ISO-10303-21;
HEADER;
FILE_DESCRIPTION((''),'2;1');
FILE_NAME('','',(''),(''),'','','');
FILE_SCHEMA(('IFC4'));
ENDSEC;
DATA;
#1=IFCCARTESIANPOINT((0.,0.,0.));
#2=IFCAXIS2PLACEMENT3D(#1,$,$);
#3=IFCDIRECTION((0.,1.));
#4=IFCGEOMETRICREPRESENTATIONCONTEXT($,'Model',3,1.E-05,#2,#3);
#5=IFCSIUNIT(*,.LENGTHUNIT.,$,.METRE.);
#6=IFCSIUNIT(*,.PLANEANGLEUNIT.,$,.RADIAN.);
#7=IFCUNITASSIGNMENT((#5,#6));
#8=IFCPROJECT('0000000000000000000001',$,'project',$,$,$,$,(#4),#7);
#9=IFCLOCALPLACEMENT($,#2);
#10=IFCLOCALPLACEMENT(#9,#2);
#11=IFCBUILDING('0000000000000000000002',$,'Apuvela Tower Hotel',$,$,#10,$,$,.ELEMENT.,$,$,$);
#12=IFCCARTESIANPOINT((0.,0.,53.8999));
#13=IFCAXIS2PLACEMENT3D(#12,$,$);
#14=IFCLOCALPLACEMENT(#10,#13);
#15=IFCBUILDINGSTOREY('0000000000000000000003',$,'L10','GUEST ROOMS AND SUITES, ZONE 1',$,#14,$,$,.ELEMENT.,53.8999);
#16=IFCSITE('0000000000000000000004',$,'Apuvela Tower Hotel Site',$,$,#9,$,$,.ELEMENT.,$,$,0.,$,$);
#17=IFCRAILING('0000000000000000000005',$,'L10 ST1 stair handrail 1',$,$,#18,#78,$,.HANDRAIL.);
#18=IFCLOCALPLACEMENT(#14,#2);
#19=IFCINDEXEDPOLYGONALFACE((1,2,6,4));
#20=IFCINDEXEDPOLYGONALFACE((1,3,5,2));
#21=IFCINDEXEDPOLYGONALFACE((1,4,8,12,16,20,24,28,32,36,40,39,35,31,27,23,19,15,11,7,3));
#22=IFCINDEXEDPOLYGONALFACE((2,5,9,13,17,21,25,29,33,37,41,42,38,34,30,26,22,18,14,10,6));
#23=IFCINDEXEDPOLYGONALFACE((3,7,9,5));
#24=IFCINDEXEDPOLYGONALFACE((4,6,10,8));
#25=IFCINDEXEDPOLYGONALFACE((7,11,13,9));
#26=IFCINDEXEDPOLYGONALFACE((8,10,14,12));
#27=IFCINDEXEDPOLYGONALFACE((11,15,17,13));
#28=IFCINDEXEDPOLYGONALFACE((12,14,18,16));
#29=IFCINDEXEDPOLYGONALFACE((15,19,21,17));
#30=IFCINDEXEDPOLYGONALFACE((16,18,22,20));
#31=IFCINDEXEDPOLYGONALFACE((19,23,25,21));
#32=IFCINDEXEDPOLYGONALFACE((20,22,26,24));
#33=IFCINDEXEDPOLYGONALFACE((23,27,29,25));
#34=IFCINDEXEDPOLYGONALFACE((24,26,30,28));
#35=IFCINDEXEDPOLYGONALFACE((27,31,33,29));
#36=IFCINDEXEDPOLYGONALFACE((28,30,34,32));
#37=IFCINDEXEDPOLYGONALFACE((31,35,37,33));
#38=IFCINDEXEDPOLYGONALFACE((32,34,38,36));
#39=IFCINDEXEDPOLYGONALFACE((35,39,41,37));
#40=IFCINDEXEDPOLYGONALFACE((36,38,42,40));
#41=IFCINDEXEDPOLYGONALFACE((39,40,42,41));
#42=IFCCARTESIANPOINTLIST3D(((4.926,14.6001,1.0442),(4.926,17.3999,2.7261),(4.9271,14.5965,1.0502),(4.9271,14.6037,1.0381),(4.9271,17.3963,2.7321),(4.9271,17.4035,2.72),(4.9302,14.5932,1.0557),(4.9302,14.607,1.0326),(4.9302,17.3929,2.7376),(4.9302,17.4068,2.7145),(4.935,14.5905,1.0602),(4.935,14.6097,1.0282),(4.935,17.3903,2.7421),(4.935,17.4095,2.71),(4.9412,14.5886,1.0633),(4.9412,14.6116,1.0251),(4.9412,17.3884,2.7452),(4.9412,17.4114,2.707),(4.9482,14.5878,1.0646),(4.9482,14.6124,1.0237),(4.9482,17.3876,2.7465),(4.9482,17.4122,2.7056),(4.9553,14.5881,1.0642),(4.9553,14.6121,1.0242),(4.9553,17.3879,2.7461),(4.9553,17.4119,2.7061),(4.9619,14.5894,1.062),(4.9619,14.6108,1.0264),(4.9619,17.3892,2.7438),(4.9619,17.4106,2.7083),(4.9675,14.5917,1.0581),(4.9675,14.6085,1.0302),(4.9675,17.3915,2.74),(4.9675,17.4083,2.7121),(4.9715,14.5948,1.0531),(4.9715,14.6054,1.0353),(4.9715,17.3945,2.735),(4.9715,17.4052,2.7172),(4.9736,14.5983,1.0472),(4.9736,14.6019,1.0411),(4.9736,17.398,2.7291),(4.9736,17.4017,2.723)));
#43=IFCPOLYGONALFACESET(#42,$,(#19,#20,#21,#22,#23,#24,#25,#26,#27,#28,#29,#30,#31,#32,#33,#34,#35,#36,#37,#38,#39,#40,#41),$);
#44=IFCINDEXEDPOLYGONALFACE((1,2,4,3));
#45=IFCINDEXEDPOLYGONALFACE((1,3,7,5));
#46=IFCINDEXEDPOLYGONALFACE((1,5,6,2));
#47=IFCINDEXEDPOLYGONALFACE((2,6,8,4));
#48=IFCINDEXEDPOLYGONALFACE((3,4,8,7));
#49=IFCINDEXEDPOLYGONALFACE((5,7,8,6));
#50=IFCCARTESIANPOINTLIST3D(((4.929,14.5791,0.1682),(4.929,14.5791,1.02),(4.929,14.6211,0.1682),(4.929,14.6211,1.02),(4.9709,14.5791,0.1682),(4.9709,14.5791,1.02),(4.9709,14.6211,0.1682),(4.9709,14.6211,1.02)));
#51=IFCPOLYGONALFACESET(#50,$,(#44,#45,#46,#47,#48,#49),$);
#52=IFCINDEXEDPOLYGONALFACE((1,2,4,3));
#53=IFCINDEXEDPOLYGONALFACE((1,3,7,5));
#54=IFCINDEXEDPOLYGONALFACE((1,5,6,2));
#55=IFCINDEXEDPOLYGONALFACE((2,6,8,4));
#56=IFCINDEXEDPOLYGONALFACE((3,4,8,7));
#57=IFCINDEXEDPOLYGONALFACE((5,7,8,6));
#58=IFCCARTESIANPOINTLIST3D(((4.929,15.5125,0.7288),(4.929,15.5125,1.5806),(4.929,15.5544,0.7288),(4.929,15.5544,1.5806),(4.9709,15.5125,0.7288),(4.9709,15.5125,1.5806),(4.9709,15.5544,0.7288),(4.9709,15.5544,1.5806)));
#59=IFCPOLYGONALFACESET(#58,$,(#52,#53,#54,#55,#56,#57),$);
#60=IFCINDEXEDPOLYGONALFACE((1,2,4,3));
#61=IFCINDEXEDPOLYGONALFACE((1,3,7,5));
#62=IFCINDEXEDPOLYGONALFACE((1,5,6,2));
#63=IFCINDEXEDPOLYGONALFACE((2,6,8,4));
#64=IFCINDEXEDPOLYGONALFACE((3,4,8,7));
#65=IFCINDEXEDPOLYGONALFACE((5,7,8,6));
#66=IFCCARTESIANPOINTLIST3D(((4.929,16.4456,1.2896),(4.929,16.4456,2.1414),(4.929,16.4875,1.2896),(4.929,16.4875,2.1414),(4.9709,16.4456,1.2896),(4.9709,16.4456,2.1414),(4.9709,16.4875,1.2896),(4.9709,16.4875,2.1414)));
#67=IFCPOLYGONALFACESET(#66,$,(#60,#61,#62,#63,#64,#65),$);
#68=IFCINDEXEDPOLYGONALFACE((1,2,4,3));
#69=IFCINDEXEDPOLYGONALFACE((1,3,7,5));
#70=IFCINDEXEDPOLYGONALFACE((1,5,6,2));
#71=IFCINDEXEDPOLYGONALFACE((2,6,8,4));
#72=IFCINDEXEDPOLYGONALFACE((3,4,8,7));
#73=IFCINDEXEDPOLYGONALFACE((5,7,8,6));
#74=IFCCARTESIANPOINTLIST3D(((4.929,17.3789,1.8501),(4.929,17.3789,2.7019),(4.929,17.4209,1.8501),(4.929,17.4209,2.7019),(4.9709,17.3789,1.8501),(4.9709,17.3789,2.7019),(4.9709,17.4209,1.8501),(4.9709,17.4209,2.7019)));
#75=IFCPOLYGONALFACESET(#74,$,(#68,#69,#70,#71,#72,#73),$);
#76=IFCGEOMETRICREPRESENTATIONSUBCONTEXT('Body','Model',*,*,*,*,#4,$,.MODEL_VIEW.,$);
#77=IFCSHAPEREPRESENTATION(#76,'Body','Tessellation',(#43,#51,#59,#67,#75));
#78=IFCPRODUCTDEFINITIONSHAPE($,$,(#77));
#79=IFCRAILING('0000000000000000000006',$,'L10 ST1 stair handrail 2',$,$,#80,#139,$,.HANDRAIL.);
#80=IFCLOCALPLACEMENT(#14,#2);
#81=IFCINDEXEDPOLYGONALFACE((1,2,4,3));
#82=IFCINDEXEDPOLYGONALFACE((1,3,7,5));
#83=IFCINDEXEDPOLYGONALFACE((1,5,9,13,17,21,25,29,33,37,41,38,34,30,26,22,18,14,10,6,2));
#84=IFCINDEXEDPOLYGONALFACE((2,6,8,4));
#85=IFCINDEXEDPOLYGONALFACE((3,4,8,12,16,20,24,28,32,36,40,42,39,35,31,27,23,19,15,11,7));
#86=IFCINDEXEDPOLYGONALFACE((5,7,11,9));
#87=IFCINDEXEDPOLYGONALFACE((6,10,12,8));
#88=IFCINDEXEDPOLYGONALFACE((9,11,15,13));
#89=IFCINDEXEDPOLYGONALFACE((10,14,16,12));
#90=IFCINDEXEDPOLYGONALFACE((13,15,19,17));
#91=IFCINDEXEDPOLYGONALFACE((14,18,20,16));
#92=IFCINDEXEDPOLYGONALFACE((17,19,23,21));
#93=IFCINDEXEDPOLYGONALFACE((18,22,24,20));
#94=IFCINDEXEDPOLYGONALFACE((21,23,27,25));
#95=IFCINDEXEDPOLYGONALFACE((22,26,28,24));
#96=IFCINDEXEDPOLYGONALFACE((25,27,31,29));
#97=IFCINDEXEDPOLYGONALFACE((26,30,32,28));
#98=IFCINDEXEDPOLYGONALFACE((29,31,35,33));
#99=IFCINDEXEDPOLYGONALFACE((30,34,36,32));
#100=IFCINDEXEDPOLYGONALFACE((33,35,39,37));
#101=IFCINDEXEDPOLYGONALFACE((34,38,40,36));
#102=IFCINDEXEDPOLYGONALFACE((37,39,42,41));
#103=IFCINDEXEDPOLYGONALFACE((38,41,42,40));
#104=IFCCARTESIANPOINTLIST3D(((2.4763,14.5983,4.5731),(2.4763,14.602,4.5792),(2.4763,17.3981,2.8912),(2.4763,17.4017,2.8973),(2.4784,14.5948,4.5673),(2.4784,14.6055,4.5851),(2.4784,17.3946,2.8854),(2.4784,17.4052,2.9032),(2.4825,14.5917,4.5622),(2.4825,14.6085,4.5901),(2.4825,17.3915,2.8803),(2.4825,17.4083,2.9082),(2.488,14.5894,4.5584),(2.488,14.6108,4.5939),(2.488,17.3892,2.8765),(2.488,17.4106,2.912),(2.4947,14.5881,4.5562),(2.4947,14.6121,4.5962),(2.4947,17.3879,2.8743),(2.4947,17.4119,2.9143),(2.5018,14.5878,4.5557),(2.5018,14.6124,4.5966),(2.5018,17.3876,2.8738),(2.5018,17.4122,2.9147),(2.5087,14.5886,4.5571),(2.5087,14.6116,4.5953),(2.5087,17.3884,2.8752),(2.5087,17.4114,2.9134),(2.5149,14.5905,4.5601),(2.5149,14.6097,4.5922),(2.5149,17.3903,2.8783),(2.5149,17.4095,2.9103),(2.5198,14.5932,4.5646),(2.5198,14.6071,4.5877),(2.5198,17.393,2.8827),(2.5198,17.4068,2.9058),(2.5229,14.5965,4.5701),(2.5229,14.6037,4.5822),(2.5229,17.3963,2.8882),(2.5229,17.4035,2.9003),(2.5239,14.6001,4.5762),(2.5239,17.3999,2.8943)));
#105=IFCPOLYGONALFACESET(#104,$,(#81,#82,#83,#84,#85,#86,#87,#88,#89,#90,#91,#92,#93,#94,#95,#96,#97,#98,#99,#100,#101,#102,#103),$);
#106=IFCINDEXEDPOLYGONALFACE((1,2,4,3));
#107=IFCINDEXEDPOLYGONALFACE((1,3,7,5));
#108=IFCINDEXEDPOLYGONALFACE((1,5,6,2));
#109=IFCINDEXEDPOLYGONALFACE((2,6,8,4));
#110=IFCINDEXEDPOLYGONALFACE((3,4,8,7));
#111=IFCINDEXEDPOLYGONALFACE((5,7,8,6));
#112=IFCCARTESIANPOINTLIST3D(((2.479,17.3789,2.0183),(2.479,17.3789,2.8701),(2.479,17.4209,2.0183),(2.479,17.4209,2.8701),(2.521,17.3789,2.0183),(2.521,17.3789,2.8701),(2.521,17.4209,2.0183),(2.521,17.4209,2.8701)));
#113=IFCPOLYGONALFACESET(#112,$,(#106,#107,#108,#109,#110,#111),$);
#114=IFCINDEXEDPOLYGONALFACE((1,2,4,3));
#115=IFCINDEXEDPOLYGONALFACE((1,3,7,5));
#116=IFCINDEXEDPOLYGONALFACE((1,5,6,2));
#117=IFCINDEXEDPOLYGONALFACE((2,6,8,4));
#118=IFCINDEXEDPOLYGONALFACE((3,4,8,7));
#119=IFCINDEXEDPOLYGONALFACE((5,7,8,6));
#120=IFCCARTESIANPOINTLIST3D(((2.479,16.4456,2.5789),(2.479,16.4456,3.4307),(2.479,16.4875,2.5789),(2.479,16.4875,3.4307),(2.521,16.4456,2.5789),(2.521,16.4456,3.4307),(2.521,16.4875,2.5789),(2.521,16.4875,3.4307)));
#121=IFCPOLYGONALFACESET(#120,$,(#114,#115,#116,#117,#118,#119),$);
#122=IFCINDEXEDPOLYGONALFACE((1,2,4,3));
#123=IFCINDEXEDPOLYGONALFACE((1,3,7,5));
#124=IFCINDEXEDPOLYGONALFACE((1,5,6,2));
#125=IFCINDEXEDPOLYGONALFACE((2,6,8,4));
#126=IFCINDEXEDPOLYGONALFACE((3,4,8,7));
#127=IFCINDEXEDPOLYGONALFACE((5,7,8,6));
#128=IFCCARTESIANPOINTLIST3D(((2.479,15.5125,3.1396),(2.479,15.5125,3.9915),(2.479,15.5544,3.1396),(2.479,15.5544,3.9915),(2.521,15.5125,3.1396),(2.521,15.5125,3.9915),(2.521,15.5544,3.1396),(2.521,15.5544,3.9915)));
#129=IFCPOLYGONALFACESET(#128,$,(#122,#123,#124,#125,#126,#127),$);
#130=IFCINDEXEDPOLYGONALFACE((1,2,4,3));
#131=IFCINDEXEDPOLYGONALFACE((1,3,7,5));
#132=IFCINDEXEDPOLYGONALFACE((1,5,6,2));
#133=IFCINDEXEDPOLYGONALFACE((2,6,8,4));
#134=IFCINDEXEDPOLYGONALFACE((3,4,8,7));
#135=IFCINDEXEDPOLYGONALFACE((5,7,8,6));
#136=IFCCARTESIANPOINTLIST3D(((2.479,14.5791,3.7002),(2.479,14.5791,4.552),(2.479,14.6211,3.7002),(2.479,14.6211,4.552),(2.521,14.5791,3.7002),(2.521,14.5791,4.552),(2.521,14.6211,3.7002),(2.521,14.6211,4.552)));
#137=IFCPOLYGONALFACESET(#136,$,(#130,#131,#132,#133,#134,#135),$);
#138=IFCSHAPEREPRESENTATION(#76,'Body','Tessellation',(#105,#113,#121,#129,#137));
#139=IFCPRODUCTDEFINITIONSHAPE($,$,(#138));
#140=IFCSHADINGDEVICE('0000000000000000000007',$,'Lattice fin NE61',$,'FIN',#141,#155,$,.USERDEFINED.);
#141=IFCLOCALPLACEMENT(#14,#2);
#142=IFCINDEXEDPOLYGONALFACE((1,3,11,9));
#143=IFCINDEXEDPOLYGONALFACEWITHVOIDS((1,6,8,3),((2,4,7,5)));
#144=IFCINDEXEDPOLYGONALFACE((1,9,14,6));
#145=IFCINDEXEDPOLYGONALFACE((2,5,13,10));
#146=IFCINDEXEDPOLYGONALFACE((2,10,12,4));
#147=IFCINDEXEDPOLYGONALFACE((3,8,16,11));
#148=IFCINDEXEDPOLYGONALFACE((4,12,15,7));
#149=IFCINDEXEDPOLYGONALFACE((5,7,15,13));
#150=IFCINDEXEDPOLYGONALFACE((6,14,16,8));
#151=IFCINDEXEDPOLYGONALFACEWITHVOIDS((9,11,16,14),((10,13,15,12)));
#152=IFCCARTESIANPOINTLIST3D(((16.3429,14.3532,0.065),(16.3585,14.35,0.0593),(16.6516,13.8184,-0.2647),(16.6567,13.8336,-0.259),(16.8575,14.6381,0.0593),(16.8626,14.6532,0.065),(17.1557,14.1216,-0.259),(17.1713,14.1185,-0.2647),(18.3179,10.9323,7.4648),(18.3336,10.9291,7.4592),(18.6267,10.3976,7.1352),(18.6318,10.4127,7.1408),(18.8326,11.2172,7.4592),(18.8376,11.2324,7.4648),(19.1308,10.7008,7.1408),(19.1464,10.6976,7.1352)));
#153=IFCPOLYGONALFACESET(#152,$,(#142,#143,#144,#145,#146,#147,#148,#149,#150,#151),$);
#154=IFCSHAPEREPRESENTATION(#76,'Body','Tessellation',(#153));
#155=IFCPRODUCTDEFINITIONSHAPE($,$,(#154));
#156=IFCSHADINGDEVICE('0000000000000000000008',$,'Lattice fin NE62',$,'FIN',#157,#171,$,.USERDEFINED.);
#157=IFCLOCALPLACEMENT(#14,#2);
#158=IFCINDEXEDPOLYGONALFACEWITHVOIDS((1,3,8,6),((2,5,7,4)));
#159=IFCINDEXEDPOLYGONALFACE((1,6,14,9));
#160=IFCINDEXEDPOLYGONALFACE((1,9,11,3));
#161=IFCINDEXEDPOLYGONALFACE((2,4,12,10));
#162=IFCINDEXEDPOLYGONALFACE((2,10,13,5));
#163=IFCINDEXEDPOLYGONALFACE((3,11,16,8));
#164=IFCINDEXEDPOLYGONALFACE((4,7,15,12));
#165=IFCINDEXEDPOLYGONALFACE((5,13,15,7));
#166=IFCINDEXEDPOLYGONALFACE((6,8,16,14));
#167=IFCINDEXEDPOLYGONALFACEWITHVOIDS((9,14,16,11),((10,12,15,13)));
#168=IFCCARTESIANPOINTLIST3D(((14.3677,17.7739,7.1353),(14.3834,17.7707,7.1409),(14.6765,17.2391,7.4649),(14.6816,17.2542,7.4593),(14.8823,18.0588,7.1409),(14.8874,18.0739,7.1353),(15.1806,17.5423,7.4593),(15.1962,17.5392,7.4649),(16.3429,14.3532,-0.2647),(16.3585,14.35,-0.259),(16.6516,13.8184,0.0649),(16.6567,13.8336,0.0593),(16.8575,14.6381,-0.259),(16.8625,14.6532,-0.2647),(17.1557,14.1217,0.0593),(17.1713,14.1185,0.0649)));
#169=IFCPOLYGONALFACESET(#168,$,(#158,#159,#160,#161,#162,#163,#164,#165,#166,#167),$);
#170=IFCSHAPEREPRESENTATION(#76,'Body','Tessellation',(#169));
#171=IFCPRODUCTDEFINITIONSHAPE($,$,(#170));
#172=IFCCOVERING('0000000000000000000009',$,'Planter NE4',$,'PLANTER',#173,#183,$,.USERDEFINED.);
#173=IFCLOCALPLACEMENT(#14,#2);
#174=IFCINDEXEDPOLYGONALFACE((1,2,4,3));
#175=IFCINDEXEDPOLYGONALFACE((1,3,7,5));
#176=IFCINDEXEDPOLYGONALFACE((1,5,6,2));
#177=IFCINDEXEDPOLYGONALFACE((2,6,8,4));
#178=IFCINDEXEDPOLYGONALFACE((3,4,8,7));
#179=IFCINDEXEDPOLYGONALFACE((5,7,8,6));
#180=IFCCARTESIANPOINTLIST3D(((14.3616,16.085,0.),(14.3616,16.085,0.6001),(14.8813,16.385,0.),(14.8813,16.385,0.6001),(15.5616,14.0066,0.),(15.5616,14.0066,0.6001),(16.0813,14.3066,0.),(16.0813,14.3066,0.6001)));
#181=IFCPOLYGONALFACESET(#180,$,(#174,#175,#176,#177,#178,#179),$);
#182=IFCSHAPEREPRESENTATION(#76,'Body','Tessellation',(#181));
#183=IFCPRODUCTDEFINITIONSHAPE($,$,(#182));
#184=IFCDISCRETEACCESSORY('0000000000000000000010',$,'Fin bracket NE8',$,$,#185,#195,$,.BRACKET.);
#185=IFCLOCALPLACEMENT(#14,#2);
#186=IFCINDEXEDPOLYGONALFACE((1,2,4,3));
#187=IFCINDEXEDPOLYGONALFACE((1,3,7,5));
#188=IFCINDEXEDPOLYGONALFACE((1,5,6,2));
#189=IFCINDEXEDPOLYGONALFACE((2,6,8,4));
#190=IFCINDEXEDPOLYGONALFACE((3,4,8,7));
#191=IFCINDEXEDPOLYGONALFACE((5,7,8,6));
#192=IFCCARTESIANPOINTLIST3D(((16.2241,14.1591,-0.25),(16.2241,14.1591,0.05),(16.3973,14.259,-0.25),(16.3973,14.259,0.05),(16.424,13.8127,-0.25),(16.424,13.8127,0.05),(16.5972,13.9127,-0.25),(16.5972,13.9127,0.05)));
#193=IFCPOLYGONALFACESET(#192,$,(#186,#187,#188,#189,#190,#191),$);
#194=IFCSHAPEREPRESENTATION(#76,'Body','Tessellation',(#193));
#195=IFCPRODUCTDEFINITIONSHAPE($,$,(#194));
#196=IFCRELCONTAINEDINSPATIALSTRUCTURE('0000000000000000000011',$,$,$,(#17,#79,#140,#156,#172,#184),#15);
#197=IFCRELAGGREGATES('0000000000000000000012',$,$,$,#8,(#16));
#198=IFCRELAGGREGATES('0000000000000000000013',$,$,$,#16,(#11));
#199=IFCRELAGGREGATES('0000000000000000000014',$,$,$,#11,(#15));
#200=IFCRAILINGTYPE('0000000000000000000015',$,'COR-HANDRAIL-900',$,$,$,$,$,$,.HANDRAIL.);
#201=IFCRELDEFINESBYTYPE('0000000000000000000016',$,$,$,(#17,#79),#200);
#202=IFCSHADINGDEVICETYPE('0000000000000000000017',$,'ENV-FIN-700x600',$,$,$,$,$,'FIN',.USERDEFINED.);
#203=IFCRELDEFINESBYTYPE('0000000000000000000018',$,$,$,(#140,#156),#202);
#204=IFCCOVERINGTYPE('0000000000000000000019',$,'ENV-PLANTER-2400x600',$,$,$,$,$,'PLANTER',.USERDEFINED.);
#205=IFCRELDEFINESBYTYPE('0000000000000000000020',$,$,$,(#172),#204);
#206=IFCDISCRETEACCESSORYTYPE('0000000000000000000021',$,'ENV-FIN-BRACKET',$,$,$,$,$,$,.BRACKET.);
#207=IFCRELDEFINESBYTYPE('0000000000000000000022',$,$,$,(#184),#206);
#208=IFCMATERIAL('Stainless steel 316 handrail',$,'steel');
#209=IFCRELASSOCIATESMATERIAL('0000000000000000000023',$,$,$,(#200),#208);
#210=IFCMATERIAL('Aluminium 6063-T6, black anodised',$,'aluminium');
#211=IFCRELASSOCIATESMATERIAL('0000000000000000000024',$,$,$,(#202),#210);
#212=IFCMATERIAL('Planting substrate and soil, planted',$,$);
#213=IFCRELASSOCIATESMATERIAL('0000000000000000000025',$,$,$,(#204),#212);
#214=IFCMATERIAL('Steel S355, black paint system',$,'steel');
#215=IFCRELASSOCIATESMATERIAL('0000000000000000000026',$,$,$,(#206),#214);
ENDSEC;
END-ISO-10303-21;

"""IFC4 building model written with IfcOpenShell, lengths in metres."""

from ifc_helpers import new_model, si_unit, direction, frame, origin, origin_2d, place, context, subcontext, project, spatial, rectangle, hollow_rectangle, circle, extrude, material, material_profile, profile_set, type_object, element, save


model = new_model("IFC4")

# Units and contexts
model_context = context("Model", 3, precision=1e-05, world=origin(), true_north=direction((0.0, 1.0)))
body_context = subcontext(model_context, "Body", "Model", "MODEL_VIEW")
ifc_project = project(units=[si_unit("LENGTHUNIT", "METRE"), si_unit("PLANEANGLEUNIT", "RADIAN")], contexts=[model_context])

# Site, building, storey
site_placement = place(None, origin())
site = spatial("IfcSite", under=ifc_project, at=site_placement, Name="Apuvela Tower Hotel Site", CompositionType="ELEMENT", RefElevation=0.0)
building_placement = place(site_placement, origin())
building = spatial("IfcBuilding", under=site, at=building_placement, Name="Apuvela Tower Hotel", CompositionType="ELEMENT")
storey_placement = place(building_placement, frame((0.0, 0.0, 53.8999)))
storey = spatial("IfcBuildingStorey", under=building, at=storey_placement, Name="L10", Description="GUEST ROOMS AND SUITES, ZONE 1", CompositionType="ELEMENT", Elevation=53.8999)

# Railings
ifc_material_1 = material(Name="Stainless steel 316 handrail", Category="steel")
railing_type_1 = type_object("IfcRailingType", Name="COR-HANDRAIL-900", PredefinedType="HANDRAIL", material=ifc_material_1)
railing_1_placement = place(storey_placement, frame((4.95, 14.6001, 0.1682)))
element("IfcRailing", 1, at=railing_1_placement, inside=storey, type_object=railing_type_1, Name="L10 ST1 stair handrail 1", PredefinedType="HANDRAIL", context=body_context, shape_type="SweptSolid", body=[
    extrude(circle(Radius=0.0239, at=origin_2d()), frame((0.0, 0.0, 0.876), z_axis=(0.0, 0.857222, 0.514946), x_axis=(-1.0, 0.0, 0.0)), (0.0, 0.0, 1.0), 3.2661),
    extrude(rectangle(XDim=0.042, YDim=0.042, at=origin_2d()), origin(), (0.0, 0.0, 1.0), 0.8518),
    extrude(rectangle(XDim=0.042, YDim=0.042, at=origin_2d()), frame((0.0, 0.9333, 0.5605)), (0.0, 0.0, 1.0), 0.8518),
    extrude(rectangle(XDim=0.042, YDim=0.042, at=origin_2d()), frame((0.0, 1.8665, 1.1213)), (0.0, 0.0, 1.0), 0.8518),
    extrude(rectangle(XDim=0.042, YDim=0.042, at=origin_2d()), frame((0.0, 2.7998, 1.6819)), (0.0, 0.0, 1.0), 0.8518),
])
railing_2_placement = place(storey_placement, frame((2.5, 17.3999, 2.0183)))
element("IfcRailing", 2, at=railing_2_placement, inside=storey, type_object=railing_type_1, Name="L10 ST1 stair handrail 2", PredefinedType="HANDRAIL", context=body_context, shape_type="SweptSolid", body=[
    extrude(circle(Radius=0.0239, at=origin_2d()), frame((0.0, 0.0, 0.876), z_axis=(0.0, -0.857222, 0.514946), x_axis=(1.0, 0.0, 0.0)), (0.0, 0.0, 1.0), 3.2661),
    extrude(rectangle(XDim=0.042, YDim=0.042, at=origin_2d()), origin(), (0.0, 0.0, 1.0), 0.8518),
    extrude(rectangle(XDim=0.042, YDim=0.042, at=origin_2d()), frame((0.0, -0.9333, 0.5605)), (0.0, 0.0, 1.0), 0.8518),
    extrude(rectangle(XDim=0.042, YDim=0.042, at=origin_2d()), frame((0.0, -1.8665, 1.1213)), (0.0, 0.0, 1.0), 0.8518),
    extrude(rectangle(XDim=0.042, YDim=0.042, at=origin_2d()), frame((0.0, -2.7998, 1.6819)), (0.0, 0.0, 1.0), 0.8518),
])

# Shading devices
ifc_material_2 = material(Name="Aluminium 6063-T6, black anodised", Category="aluminium")
ifc_material_profile_1 = material_profile(ifc_material_2, hollow_rectangle(XDim=0.6001, YDim=0.7, WallThickness=0.012, at=origin_2d()), Name="AL BOX 700x600x12")
ifc_profile_set_1 = profile_set([ifc_material_profile_1], Name="Aluminium 6063-T6, black anodised")
shading_device_type = type_object("IfcShadingDeviceType", Name="ENV-FIN-700x600", ElementType="FIN", PredefinedType="USERDEFINED", material=ifc_profile_set_1)
for number, where, z_axis, x_axis, name in (
    (3, (16.7571, 14.2358, -0.0999), (0.235461, -0.407822, 0.882179), (0.866021, 0.500008, 0.0), "Lattice fin NE61"),
    (4, (16.7571, 14.2358, -0.0999), (-0.235464, 0.407798, 0.882189), (-0.866005, -0.500035, 0.0), "Lattice fin NE62"),
):
    element("IfcShadingDevice", number, at=place(storey_placement, frame(where, z_axis=z_axis, x_axis=x_axis)), inside=storey, type_object=shading_device_type, Name=name, ObjectType="FIN", PredefinedType="USERDEFINED", context=body_context, shape_type="SweptSolid", body=[
        extrude(hollow_rectangle(XDim=0.6001, YDim=0.7, WallThickness=0.012, at=origin_2d()), origin(), (0.0, 0.0, 1.0), 8.3882),
    ])

# Covering
ifc_material_3 = material(Name="Planting substrate and soil, planted")
covering_type = type_object("IfcCoveringType", Name="ENV-PLANTER-2400x600", ElementType="PLANTER", PredefinedType="USERDEFINED", material=ifc_material_3)
covering_placement = place(storey_placement, frame((15.2214, 15.1958, 0.0), z_axis=(0.0, 0.0, 1.0), x_axis=(-0.5, 0.866025, 0.0)))
element("IfcCovering", 5, at=covering_placement, inside=storey, type_object=covering_type, Name="Planter NE4", ObjectType="PLANTER", PredefinedType="USERDEFINED", context=body_context, shape_type="SweptSolid", body=[
    extrude(rectangle(XDim=2.3999, YDim=0.6001, at=origin_2d()), origin(), (0.0, 0.0, 1.0), 0.6001),
])

# Discrete accessory
ifc_material_4 = material(Name="Steel S355, black paint system", Category="steel")
discrete_accessory_type = type_object("IfcDiscreteAccessoryType", Name="ENV-FIN-BRACKET", PredefinedType="BRACKET", material=ifc_material_4)
discrete_accessory_placement = place(storey_placement, frame((16.4106, 14.0359, -0.25), z_axis=(0.0, 0.0, 1.0), x_axis=(-0.5, 0.866025, 0.0)))
element("IfcDiscreteAccessory", 6, at=discrete_accessory_placement, inside=storey, type_object=discrete_accessory_type, Name="Fin bracket NE8", PredefinedType="BRACKET", context=body_context, shape_type="SweptSolid", body=[
    extrude(rectangle(XDim=0.3999, YDim=0.2, at=origin_2d()), origin(), (0.0, 0.0, 1.0), 0.3),
])

save(model, "model.ifc")
